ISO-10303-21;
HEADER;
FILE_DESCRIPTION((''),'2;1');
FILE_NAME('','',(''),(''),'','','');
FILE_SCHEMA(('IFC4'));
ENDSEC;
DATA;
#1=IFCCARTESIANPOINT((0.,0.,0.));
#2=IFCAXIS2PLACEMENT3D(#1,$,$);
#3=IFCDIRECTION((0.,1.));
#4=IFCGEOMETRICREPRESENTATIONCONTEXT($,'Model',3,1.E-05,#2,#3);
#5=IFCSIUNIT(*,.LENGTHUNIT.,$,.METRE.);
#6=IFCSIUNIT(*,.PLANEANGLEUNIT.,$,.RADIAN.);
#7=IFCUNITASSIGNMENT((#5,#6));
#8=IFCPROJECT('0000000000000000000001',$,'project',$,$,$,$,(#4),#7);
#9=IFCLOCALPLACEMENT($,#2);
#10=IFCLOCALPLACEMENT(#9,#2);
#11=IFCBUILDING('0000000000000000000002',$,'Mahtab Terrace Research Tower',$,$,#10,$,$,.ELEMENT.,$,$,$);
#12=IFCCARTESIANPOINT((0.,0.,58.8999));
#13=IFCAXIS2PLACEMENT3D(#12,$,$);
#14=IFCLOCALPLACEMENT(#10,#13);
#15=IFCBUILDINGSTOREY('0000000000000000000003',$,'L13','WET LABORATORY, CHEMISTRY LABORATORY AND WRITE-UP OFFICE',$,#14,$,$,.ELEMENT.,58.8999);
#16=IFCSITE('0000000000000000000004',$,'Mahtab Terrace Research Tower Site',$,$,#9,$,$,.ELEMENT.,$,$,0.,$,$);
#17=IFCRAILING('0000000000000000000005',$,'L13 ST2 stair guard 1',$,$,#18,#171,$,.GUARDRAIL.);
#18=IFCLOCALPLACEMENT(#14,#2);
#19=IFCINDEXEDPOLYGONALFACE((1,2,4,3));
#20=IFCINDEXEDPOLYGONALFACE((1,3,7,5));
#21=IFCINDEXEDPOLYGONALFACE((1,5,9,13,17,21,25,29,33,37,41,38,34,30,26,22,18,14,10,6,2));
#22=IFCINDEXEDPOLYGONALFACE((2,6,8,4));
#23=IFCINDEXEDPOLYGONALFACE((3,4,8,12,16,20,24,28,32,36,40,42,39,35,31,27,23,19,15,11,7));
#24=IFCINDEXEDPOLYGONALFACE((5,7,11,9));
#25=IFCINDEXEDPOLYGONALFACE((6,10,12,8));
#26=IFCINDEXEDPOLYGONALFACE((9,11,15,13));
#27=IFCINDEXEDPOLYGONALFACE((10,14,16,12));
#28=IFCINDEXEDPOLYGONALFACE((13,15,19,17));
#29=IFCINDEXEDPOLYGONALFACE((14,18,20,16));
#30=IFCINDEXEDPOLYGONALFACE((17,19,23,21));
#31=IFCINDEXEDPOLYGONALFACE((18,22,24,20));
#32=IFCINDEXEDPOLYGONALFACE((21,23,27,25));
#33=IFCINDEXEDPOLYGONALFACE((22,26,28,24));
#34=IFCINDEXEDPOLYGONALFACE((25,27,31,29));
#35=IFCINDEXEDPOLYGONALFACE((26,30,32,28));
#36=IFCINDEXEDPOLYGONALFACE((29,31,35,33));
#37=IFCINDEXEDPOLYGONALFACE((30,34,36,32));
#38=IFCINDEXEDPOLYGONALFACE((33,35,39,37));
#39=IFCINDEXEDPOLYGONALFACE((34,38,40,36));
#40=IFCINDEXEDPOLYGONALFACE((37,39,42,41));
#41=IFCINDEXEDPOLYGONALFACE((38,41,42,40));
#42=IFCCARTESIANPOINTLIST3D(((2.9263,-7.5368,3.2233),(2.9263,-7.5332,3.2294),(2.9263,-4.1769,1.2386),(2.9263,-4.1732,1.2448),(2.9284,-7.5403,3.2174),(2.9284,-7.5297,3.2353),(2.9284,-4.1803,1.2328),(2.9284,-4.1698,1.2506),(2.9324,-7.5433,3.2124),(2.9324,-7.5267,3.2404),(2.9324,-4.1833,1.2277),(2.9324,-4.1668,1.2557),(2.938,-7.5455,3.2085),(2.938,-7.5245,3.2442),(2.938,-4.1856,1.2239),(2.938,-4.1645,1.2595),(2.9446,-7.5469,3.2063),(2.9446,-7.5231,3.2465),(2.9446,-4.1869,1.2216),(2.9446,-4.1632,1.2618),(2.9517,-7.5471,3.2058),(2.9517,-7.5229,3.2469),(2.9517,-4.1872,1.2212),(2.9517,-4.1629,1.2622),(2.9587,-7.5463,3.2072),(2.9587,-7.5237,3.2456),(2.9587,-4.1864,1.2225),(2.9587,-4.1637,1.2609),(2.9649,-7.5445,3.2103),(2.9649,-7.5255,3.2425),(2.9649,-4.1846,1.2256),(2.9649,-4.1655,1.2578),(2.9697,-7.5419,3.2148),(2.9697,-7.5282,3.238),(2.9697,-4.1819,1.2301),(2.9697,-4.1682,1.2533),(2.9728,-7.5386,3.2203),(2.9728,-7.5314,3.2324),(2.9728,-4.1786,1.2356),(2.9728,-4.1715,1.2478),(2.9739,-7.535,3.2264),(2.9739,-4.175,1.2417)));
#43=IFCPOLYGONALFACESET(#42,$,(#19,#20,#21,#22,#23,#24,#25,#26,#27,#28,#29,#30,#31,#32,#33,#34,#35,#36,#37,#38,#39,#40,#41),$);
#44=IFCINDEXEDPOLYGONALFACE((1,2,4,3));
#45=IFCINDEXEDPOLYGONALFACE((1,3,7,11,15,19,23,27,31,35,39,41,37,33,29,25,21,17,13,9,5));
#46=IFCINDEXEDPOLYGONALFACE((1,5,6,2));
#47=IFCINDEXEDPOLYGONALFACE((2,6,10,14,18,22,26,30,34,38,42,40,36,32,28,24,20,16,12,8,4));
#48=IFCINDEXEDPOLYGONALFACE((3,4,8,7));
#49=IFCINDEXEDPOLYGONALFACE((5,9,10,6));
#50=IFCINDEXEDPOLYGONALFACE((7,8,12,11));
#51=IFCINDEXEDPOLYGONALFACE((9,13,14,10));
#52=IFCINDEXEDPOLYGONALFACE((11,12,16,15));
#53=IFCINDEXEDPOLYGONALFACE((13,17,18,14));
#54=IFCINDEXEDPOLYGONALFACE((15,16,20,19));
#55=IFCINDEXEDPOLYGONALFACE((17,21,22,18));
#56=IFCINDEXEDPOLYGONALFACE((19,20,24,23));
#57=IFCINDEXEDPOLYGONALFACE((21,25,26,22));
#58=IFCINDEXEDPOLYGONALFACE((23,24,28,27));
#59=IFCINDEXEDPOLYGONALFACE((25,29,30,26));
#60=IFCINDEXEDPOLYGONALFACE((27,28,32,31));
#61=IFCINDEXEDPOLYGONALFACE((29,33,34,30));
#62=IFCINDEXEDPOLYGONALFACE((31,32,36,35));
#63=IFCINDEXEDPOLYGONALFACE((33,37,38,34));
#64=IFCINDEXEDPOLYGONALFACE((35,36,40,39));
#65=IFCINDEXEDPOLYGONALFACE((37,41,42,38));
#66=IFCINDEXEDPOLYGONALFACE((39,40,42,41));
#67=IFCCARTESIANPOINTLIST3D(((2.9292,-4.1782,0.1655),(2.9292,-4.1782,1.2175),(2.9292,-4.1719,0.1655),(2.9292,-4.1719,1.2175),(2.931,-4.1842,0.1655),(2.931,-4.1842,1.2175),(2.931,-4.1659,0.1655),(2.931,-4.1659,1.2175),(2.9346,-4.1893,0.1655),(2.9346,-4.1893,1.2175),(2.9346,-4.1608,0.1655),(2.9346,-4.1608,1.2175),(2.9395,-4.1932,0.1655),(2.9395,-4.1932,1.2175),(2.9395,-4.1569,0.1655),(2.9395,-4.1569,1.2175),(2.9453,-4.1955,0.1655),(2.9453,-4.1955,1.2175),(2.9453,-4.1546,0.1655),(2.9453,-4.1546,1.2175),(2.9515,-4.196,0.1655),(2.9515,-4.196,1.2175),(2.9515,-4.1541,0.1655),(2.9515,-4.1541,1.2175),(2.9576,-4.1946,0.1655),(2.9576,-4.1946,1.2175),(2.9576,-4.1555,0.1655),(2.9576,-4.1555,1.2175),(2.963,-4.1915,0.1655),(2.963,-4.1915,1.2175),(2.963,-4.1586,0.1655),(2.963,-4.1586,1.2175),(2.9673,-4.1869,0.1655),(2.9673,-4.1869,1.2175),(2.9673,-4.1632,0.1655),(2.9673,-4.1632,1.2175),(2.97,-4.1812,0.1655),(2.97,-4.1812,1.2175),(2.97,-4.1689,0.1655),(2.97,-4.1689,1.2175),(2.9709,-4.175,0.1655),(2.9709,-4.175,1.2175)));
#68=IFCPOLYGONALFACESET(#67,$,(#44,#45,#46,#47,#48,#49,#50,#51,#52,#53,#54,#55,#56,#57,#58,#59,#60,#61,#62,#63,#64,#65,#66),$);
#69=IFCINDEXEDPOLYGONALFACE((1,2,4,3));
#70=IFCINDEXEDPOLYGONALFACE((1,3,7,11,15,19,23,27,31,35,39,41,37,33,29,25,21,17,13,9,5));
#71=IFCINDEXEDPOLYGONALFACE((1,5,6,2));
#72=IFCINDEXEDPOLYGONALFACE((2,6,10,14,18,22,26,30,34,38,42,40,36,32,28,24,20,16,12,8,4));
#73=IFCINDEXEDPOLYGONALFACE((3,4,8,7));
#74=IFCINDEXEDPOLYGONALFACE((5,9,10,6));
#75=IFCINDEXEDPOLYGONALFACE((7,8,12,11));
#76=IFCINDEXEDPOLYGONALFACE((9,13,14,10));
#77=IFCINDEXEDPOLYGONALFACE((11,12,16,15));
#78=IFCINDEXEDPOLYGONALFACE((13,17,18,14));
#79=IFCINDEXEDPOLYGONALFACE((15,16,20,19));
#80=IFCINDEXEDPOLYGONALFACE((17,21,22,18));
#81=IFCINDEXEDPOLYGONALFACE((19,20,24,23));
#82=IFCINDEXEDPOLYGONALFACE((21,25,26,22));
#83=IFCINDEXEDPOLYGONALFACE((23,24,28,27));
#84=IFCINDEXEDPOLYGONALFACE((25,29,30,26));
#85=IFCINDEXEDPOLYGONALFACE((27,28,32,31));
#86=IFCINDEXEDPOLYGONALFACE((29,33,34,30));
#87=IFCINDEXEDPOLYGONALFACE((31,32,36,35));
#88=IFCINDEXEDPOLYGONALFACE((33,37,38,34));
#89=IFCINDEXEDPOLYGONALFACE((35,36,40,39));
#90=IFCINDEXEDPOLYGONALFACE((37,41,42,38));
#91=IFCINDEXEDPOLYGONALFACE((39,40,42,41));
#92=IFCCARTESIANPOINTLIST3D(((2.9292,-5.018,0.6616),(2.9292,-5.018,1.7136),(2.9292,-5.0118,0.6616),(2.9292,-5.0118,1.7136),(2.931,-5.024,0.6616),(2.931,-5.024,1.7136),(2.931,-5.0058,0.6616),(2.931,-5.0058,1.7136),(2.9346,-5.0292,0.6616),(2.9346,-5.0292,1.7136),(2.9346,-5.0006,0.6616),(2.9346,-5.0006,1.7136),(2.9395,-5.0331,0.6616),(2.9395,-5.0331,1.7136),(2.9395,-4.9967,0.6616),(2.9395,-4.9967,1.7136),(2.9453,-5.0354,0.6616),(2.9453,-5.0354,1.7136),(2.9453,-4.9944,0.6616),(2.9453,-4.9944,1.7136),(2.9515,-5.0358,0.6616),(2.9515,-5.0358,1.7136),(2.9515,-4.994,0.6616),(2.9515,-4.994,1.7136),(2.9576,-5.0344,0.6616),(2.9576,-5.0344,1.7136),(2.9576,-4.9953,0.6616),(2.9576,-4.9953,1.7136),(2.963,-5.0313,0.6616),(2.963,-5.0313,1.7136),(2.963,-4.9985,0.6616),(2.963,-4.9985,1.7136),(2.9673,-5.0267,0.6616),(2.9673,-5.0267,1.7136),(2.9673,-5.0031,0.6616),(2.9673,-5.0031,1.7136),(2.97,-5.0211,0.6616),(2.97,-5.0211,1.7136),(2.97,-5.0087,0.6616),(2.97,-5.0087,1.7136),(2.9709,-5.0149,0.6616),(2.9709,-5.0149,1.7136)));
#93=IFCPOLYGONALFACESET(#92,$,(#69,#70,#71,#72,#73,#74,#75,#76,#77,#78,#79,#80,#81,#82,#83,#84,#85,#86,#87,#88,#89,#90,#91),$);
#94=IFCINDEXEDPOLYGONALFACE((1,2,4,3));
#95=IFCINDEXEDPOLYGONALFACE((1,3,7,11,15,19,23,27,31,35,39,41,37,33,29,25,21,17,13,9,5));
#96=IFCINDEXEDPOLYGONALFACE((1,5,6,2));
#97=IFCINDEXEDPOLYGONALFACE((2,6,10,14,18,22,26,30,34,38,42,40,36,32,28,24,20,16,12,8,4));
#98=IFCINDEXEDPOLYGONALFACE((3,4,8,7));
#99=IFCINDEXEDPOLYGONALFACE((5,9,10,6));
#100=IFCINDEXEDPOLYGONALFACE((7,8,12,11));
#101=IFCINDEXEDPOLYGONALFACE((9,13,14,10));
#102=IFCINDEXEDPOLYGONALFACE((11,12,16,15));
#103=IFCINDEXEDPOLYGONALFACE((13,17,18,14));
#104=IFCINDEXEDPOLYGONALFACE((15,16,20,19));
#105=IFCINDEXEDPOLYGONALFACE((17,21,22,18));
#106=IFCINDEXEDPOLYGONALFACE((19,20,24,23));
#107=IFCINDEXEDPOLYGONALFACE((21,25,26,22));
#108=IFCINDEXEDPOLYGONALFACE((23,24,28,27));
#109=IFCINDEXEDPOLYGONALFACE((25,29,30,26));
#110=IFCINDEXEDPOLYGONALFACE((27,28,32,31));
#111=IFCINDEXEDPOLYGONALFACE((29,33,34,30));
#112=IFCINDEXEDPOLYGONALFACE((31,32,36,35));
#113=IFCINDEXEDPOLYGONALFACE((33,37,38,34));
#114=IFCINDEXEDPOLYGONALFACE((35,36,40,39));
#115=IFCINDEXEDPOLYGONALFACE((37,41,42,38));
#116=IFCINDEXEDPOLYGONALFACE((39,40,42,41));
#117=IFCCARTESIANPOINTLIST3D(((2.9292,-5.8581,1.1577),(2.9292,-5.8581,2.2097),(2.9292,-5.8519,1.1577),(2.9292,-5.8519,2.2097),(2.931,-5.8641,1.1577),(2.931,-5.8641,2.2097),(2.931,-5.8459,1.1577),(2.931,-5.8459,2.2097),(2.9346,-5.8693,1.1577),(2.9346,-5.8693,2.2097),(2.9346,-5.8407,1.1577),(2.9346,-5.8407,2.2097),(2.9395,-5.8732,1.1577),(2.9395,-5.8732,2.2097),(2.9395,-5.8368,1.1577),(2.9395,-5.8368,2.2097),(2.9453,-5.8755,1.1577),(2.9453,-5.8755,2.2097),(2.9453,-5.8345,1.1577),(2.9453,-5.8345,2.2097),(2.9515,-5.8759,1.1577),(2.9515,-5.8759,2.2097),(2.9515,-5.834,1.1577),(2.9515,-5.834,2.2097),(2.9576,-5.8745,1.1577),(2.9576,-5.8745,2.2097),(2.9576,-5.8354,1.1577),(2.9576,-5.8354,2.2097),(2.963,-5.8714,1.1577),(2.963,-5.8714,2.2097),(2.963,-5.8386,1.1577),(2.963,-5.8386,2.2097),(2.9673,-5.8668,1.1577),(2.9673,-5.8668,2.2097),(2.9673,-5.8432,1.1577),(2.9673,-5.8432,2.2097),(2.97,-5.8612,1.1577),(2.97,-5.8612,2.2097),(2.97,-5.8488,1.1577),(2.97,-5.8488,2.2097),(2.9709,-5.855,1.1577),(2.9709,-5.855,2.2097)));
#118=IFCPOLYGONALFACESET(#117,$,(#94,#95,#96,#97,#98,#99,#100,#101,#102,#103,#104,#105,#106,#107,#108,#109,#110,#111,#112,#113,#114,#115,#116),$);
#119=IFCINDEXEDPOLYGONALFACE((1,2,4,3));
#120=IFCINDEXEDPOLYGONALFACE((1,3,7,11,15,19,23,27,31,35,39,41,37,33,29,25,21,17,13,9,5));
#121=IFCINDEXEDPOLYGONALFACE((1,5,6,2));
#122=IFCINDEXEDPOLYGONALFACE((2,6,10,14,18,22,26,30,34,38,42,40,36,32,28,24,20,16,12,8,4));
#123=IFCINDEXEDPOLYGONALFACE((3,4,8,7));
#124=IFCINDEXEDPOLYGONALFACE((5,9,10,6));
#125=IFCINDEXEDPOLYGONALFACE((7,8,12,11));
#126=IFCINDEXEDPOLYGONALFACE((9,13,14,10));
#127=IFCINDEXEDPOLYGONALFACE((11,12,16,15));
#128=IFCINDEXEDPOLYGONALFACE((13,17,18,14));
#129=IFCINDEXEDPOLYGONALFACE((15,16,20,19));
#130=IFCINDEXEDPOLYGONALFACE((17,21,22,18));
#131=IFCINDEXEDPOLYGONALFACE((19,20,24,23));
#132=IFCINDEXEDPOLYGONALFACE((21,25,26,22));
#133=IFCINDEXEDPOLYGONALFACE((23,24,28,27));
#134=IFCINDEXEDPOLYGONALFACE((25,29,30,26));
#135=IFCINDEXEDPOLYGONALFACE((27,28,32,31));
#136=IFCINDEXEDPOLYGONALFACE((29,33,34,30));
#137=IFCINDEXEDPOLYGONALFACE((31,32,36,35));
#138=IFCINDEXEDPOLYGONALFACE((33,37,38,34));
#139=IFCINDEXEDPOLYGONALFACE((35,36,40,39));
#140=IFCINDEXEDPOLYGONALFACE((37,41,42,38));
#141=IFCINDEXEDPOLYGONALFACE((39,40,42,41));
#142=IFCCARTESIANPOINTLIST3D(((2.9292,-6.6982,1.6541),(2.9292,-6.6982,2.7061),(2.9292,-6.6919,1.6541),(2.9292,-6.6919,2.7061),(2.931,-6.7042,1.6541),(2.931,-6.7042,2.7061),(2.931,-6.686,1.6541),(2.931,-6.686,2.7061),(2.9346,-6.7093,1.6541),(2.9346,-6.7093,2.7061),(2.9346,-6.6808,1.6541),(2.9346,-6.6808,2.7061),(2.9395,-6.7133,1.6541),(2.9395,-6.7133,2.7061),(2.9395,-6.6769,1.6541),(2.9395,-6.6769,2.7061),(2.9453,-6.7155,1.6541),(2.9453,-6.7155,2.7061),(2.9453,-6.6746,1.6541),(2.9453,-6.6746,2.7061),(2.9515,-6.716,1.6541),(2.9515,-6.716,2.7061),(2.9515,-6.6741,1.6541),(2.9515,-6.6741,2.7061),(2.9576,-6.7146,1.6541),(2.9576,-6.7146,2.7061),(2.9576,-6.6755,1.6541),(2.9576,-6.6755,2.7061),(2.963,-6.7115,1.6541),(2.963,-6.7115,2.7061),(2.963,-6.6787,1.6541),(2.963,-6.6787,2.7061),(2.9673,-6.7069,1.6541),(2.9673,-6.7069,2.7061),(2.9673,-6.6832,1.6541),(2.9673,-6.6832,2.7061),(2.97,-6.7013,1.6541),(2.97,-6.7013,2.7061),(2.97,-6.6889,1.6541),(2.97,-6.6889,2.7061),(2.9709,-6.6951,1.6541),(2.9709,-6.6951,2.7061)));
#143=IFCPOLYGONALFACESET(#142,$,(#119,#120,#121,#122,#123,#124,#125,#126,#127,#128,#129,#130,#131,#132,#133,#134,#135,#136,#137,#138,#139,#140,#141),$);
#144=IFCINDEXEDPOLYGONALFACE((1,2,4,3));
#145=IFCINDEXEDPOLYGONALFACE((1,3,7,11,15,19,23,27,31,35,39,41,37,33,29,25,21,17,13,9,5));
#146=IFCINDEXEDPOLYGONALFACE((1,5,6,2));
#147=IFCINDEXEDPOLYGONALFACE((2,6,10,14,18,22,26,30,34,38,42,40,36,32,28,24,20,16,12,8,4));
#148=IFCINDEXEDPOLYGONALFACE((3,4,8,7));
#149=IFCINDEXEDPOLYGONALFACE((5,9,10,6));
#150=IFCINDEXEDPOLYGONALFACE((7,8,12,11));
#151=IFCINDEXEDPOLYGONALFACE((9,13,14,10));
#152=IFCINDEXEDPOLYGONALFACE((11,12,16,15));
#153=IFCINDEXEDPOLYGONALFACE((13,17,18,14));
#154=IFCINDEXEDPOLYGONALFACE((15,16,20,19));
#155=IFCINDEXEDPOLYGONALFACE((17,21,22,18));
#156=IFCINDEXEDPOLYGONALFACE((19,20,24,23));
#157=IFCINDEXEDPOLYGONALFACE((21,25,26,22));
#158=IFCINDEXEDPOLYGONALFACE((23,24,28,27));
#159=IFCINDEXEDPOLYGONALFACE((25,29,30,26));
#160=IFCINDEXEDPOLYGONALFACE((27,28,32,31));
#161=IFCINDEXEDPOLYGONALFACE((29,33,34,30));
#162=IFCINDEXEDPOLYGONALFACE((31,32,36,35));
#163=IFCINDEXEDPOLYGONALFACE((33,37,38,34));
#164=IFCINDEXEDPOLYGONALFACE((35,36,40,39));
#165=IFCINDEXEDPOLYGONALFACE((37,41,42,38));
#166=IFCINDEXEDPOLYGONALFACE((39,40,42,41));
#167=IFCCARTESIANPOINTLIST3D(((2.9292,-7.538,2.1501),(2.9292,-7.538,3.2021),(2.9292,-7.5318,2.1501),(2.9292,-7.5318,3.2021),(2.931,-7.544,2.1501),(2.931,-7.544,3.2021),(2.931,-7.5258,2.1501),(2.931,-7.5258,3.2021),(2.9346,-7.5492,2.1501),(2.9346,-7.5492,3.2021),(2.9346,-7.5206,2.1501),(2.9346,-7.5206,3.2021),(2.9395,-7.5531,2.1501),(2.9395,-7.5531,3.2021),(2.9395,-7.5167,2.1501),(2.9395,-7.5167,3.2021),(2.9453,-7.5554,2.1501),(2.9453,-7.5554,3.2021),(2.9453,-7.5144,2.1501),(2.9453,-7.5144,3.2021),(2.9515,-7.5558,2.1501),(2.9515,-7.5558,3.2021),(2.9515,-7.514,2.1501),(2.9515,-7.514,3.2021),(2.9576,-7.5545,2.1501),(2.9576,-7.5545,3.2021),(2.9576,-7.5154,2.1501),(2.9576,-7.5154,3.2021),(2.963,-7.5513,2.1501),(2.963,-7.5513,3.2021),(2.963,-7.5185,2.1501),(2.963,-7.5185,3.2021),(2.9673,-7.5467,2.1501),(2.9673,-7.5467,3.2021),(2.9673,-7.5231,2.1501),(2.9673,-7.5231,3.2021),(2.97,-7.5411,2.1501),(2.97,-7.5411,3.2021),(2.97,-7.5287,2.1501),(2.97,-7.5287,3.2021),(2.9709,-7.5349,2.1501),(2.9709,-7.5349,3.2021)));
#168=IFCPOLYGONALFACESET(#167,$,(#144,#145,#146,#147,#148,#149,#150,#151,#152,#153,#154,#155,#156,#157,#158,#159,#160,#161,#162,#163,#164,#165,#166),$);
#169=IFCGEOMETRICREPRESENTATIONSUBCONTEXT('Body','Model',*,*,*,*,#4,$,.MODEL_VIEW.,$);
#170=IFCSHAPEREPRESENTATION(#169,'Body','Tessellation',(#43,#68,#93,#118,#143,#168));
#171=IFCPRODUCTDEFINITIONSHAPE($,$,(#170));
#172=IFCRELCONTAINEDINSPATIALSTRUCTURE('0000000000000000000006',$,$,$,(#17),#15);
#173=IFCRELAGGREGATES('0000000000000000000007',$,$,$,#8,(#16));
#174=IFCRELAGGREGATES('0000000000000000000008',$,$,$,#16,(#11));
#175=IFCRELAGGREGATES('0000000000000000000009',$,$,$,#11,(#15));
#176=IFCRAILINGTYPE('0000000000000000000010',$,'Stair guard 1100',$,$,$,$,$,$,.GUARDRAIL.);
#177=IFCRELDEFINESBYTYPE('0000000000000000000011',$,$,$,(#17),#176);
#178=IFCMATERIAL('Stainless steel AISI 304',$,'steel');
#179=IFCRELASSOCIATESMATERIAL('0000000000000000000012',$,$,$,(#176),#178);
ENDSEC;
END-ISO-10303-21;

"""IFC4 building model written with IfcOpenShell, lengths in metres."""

from ifc_helpers import new_model, si_unit, direction, frame, origin, origin_2d, place, context, subcontext, project, spatial, circle, extrude, material, type_object, element, save


model = new_model("IFC4")

# Units and contexts
model_context = context("Model", 3, precision=1e-05, world=origin(), true_north=direction((0.0, 1.0)))
body_context = subcontext(model_context, "Body", "Model", "MODEL_VIEW")
ifc_project = project(units=[si_unit("LENGTHUNIT", "METRE"), si_unit("PLANEANGLEUNIT", "RADIAN")], contexts=[model_context])

# Site, building, storey
site_placement = place(None, origin())
site = spatial("IfcSite", under=ifc_project, at=site_placement, Name="Mahtab Terrace Research Tower Site", CompositionType="ELEMENT", RefElevation=0.0)
building_placement = place(site_placement, origin())
building = spatial("IfcBuilding", under=site, at=building_placement, Name="Mahtab Terrace Research Tower", CompositionType="ELEMENT")
storey_placement = place(building_placement, frame((0.0, 0.0, 58.8999)))
storey = spatial("IfcBuildingStorey", under=building, at=storey_placement, Name="L13", Description="WET LABORATORY, CHEMISTRY LABORATORY AND WRITE-UP OFFICE", CompositionType="ELEMENT", Elevation=58.8999)

# Railing
ifc_material_1 = material(Name="Stainless steel AISI 304", Category="steel")
railing_type_1 = type_object("IfcRailingType", Name="Stair guard 1100", PredefinedType="GUARDRAIL", material=ifc_material_1)
railing_1_placement = place(storey_placement, frame((2.95, -4.175, 0.1655)))
element("IfcRailing", 1, at=railing_1_placement, inside=storey, type_object=railing_type_1, Name="L13 ST2 stair guard 1", PredefinedType="GUARDRAIL", context=body_context, shape_type="SweptSolid", body=[
    extrude(circle(Radius=0.0239, at=origin_2d()), frame((0.0, 0.0, 1.0762), z_axis=(0.0, -0.861011, 0.508586), x_axis=(1.0, 0.0, 0.0)), (0.0, 0.0, 1.0), 3.9023),
    extrude(circle(Radius=0.021, at=origin_2d()), origin(), (0.0, 0.0, 1.0), 1.052),
    extrude(circle(Radius=0.021, at=origin_2d()), frame((0.0, -0.8398, 0.4961)), (0.0, 0.0, 1.0), 1.052),
    extrude(circle(Radius=0.021, at=origin_2d()), frame((0.0, -1.6799, 0.9922)), (0.0, 0.0, 1.0), 1.052),
    extrude(circle(Radius=0.021, at=origin_2d()), frame((0.0, -2.52, 1.4885)), (0.0, 0.0, 1.0), 1.052),
    extrude(circle(Radius=0.021, at=origin_2d()), frame((0.0, -3.3599, 1.9846)), (0.0, 0.0, 1.0), 1.052),
])

save(model, "model.ifc")
